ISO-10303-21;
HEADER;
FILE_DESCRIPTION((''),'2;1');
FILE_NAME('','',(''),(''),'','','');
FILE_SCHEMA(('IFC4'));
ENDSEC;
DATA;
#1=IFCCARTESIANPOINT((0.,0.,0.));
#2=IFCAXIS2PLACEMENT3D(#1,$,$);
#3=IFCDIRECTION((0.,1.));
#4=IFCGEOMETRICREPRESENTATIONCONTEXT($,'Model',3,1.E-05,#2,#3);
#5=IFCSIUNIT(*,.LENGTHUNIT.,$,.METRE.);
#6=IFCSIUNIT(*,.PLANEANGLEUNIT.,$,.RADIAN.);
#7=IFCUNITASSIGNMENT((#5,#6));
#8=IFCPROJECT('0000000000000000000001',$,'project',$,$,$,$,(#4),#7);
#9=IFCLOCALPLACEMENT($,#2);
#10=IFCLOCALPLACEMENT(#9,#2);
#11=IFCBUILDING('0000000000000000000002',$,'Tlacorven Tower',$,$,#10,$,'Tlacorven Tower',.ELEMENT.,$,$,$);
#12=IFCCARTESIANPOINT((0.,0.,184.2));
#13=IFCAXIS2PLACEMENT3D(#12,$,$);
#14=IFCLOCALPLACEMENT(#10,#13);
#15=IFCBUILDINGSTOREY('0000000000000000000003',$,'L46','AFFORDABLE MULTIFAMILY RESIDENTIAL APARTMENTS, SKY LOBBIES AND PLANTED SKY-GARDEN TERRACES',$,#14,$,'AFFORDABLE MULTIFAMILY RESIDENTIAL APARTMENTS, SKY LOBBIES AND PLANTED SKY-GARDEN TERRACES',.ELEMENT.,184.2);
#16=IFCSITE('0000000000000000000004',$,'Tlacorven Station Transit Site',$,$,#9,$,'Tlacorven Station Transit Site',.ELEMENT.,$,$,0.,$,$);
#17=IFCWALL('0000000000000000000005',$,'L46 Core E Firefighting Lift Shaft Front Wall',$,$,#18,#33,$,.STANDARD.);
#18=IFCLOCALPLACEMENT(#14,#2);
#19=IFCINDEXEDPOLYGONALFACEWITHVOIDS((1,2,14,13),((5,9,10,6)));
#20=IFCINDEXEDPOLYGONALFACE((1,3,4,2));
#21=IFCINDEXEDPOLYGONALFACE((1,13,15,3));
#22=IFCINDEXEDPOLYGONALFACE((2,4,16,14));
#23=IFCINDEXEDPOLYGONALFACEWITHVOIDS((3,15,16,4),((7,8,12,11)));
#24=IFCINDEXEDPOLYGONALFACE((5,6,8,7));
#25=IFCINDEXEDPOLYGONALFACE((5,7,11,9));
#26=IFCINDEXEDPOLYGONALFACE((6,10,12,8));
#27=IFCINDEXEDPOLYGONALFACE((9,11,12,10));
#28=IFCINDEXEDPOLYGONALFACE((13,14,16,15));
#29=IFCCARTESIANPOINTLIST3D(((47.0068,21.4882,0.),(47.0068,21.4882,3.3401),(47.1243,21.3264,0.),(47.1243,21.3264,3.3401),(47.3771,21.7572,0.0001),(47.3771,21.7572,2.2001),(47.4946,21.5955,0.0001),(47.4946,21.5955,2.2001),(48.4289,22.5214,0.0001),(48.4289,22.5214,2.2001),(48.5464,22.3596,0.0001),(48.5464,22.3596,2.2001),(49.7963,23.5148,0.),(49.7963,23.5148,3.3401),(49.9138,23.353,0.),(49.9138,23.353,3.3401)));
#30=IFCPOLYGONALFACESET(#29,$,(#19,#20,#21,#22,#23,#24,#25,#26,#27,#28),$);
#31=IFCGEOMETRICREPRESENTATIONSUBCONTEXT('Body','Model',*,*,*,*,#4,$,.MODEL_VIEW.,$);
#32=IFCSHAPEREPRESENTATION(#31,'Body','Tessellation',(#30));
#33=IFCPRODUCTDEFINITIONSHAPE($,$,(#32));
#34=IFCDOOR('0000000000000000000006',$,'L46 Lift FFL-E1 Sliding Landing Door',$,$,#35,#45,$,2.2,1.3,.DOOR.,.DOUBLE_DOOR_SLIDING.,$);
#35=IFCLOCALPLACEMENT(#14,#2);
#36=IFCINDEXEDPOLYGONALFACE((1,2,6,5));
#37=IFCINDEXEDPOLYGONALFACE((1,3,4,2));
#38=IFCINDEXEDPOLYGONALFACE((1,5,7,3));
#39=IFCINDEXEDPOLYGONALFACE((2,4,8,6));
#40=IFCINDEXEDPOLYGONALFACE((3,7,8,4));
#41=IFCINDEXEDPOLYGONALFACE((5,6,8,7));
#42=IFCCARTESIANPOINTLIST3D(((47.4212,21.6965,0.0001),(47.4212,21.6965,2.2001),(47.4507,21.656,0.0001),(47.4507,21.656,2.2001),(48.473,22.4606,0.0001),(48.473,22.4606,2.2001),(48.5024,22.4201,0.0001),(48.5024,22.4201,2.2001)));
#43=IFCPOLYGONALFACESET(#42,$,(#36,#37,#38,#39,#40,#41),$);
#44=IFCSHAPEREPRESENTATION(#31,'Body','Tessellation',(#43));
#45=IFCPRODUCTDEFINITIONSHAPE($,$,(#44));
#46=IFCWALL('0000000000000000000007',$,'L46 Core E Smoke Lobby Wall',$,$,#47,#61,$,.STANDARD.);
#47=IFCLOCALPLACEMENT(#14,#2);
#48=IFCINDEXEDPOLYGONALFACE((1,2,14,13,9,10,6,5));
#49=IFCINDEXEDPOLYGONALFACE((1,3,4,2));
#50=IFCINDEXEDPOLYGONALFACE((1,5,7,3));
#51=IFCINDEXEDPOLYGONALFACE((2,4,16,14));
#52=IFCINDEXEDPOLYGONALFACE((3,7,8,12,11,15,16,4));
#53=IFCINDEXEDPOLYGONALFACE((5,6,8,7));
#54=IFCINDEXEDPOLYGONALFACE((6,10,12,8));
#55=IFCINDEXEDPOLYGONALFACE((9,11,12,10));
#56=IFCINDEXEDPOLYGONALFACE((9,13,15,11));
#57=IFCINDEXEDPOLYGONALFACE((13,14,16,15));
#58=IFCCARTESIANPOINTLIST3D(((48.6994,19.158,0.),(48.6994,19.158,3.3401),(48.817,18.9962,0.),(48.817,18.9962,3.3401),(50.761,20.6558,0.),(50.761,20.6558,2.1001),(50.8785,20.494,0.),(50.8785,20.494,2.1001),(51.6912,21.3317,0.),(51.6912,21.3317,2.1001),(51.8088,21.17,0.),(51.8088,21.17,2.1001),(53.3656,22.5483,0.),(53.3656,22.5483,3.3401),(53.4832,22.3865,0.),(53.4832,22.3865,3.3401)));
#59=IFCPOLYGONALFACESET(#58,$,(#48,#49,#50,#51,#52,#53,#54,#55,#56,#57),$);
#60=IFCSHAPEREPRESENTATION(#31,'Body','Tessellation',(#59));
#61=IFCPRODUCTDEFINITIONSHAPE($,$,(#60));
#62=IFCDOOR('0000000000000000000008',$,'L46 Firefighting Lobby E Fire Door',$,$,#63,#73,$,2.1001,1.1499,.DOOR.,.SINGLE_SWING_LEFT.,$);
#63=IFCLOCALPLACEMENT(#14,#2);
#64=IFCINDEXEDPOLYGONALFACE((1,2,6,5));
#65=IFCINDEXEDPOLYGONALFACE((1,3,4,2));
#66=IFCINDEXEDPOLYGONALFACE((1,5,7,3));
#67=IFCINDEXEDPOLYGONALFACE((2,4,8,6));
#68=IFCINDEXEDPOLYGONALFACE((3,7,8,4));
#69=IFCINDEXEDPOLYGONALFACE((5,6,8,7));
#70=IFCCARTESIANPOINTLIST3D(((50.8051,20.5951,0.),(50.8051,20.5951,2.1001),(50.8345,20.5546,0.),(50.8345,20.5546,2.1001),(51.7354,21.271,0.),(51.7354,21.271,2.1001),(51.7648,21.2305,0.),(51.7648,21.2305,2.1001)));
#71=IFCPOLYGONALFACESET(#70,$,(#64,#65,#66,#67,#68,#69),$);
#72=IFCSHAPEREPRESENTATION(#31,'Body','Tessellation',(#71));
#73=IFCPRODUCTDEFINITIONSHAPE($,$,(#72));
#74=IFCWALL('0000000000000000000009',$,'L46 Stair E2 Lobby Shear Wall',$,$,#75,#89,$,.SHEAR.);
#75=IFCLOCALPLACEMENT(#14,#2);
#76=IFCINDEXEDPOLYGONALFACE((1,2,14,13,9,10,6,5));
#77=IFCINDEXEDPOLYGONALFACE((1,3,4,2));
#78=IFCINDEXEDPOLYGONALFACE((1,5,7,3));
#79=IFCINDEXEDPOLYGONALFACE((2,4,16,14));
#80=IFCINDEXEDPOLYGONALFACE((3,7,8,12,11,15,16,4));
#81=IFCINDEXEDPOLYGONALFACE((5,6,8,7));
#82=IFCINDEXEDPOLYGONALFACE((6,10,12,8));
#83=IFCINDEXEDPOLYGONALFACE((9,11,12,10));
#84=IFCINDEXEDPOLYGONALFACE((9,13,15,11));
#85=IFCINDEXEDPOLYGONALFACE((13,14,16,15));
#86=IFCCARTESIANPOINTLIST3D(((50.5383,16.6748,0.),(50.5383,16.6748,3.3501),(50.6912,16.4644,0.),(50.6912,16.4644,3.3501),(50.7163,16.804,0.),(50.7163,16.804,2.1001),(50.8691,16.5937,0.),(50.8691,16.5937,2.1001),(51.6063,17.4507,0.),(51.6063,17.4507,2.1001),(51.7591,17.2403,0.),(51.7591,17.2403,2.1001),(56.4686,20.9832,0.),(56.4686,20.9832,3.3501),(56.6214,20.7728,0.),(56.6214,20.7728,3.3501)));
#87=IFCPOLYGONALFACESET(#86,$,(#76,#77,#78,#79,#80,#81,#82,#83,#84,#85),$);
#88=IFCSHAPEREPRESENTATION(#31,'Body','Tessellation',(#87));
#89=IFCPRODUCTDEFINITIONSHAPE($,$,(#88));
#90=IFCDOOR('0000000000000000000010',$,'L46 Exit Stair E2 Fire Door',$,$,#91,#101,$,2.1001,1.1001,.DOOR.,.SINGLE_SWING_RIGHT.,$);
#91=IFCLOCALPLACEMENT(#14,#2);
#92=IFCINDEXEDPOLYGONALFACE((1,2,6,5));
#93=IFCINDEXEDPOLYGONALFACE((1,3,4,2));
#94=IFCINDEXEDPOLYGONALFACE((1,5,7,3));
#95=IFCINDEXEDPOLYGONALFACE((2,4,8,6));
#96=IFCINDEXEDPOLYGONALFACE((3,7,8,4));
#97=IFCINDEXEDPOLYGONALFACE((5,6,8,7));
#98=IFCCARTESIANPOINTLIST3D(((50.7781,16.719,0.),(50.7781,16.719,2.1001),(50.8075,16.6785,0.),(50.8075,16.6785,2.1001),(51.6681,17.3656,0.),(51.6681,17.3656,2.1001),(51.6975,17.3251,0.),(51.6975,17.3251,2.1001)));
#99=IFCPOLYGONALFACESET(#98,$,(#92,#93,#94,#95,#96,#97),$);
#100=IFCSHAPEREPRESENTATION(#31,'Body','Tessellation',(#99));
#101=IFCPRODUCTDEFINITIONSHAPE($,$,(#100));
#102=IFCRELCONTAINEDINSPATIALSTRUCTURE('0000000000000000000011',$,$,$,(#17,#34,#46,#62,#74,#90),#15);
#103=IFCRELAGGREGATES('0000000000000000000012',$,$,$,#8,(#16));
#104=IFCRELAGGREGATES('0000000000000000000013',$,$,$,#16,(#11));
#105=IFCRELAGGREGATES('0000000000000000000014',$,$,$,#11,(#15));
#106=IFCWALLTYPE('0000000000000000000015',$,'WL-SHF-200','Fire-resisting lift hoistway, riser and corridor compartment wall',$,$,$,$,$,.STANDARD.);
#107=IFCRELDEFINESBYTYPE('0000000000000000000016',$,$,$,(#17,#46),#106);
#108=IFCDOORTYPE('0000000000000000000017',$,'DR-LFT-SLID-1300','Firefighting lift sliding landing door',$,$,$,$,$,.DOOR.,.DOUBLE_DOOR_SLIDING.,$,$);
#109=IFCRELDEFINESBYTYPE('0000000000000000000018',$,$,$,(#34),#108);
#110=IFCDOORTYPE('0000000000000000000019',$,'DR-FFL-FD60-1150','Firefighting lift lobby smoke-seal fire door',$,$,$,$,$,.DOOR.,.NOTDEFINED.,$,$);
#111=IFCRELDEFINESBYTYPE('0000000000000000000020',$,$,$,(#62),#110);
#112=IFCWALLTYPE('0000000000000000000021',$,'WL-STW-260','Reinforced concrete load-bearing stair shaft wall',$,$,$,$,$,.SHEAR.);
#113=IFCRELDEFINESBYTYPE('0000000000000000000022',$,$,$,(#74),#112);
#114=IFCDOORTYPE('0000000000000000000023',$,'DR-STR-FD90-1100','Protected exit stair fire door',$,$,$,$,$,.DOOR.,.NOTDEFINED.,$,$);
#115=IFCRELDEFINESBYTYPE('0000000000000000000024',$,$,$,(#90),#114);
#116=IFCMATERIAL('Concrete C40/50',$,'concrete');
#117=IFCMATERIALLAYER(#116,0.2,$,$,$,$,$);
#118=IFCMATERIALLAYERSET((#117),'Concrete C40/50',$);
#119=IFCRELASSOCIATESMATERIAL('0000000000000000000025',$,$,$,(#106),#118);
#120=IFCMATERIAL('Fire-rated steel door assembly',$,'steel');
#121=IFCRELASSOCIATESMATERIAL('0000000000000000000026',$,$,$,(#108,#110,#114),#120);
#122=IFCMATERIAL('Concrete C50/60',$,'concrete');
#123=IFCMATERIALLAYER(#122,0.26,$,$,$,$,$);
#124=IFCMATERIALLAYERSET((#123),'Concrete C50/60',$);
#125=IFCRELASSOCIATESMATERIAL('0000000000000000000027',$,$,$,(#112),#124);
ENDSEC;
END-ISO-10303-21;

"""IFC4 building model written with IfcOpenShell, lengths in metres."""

from ifc_helpers import new_model, si_unit, direction, frame, frame_2d, origin, place, context, subcontext, project, spatial, rectangle, extrude, source, transform, mapped, material, layer, layer_set, type_object, element, fill, save


model = new_model("IFC4")

# Units and contexts
model_context = context("Model", 3, precision=1e-05, world=origin(), true_north=direction((0.0, 1.0)))
body_context = subcontext(model_context, "Body", "Model", "MODEL_VIEW")
ifc_project = project(units=[si_unit("LENGTHUNIT", "METRE"), si_unit("PLANEANGLEUNIT", "RADIAN")], contexts=[model_context])

# Site, building, storey
site_placement = place(None, origin())
site = spatial("IfcSite", under=ifc_project, at=site_placement, Name="Tlacorven Station Transit Site", LongName="Tlacorven Station Transit Site", CompositionType="ELEMENT", RefElevation=0.0)
building_placement = place(site_placement, origin())
building = spatial("IfcBuilding", under=site, at=building_placement, Name="Tlacorven Tower", LongName="Tlacorven Tower", CompositionType="ELEMENT")
storey_placement = place(building_placement, frame((0.0, 0.0, 184.2)))
storey = spatial("IfcBuildingStorey", under=building, at=storey_placement, Name="L46", Description="AFFORDABLE MULTIFAMILY RESIDENTIAL APARTMENTS, SKY LOBBIES AND PLANTED SKY-GARDEN TERRACES", LongName="AFFORDABLE MULTIFAMILY RESIDENTIAL APARTMENTS, SKY LOBBIES AND PLANTED SKY-GARDEN TERRACES", CompositionType="ELEMENT", Elevation=184.2)

# Walls, openings, doors
ifc_material_1 = material(Name="Concrete C40/50", Category="concrete")
ifc_layer_1 = layer(ifc_material_1, 0.2)
ifc_layer_set_1 = layer_set([ifc_layer_1], Name="Concrete C40/50")
wall_type_1 = type_object("IfcWallType", Name="WL-SHF-200", Description="Fire-resisting lift hoistway, riser and corridor compartment wall", PredefinedType="STANDARD", material=ifc_layer_set_1)
wall_1_placement = place(storey_placement, frame((47.0654, 21.4072, 0.0), z_axis=(0.0, 0.0, 1.0), x_axis=(0.809033, 0.587763, 0.0)))
wall_1 = element("IfcWall", 1, at=wall_1_placement, inside=storey, type_object=wall_type_1, Name="L46 Core E Firefighting Lift Shaft Front Wall", PredefinedType="STANDARD", context=body_context, shape_type="SweptSolid", body=[
    extrude(rectangle(XDim=3.448, YDim=0.2, at=frame_2d((1.7241, 0.0))), origin(), (0.0, 0.0, 1.0), 3.3401),
])
opening_1_placement = place(wall_1_placement, frame((0.458, 0.0, 0.0)))
opening_1 = element("IfcOpeningElement", 2, at=opening_1_placement, cuts=wall_1, PredefinedType="OPENING", context=body_context, shape_type="SweptSolid", body=[
    extrude(rectangle(XDim=1.3, YDim=2.2, at=frame_2d((0.6499, 1.1001))), frame((0.0, 0.1099, 0.0), z_axis=(0.0, -1.0, 0.0), x_axis=(1.0, 0.0, 0.0)), (0.0, 0.0, 1.0), 0.22),
])
ifc_material_2 = material(Name="Fire-rated steel door assembly", Category="steel")
door_type_1 = type_object("IfcDoorType", Name="DR-LFT-SLID-1300", Description="Firefighting lift sliding landing door", OperationType="DOUBLE_DOOR_SLIDING", PredefinedType="DOOR", material=ifc_material_2)
shared_shape_1 = source(origin(), body_context, "Body", "SweptSolid", [
    extrude(rectangle(XDim=1.3, YDim=2.2, at=frame_2d((0.6499, 1.1001))), frame((0.0, 0.0249, 0.0), z_axis=(0.0, -1.0, 0.0), x_axis=(1.0, 0.0, 0.0)), (0.0, 0.0, 1.0), 0.05),
])
door_1_placement = place(opening_1_placement, origin())
door_1 = element("IfcDoor", 3, at=door_1_placement, inside=storey, type_object=door_type_1, Name="L46 Lift FFL-E1 Sliding Landing Door", OperationType="DOUBLE_DOOR_SLIDING", OverallHeight=2.2, OverallWidth=1.3, PredefinedType="DOOR", context=body_context, shape_type="MappedRepresentation", body=[
    mapped(shared_shape_1, transform((0.0, 0.0, 0.0), scale=1.0)),
])
fill(opening_1, door_1)
wall_2_placement = place(storey_placement, frame((48.7583, 19.0771, 0.0), z_axis=(0.0, 0.0, 1.0), x_axis=(0.809005, 0.587802, 0.0)))
wall_2 = element("IfcWall", 4, at=wall_2_placement, inside=storey, type_object=wall_type_1, Name="L46 Core E Smoke Lobby Wall", PredefinedType="STANDARD", context=body_context, shape_type="SweptSolid", body=[
    extrude(rectangle(XDim=5.7678, YDim=0.2, at=frame_2d((2.8838, 0.0))), origin(), (0.0, 0.0, 1.0), 3.3401),
])
opening_2_placement = place(wall_2_placement, frame((2.5481, 0.0, 0.0)))
opening_2 = element("IfcOpeningElement", 5, at=opening_2_placement, cuts=wall_2, PredefinedType="OPENING", context=body_context, shape_type="SweptSolid", body=[
    extrude(rectangle(XDim=1.1499, YDim=2.1001, at=frame_2d((0.575, 1.05))), frame((0.0, 0.1099, 0.0), z_axis=(0.0, -1.0, 0.0), x_axis=(1.0, 0.0, 0.0)), (0.0, 0.0, 1.0), 0.22),
])
door_type_2 = type_object("IfcDoorType", Name="DR-FFL-FD60-1150", Description="Firefighting lift lobby smoke-seal fire door", OperationType="NOTDEFINED", PredefinedType="DOOR", material=ifc_material_2)
shared_shape_2 = source(origin(), body_context, "Body", "SweptSolid", [
    extrude(rectangle(XDim=1.1499, YDim=2.1001, at=frame_2d((0.575, 1.05))), frame((0.0, 0.0249, 0.0), z_axis=(0.0, -1.0, 0.0), x_axis=(1.0, 0.0, 0.0)), (0.0, 0.0, 1.0), 0.05),
])
door_2_placement = place(opening_2_placement, origin())
door_2 = element("IfcDoor", 6, at=door_2_placement, inside=storey, type_object=door_type_2, Name="L46 Firefighting Lobby E Fire Door", OperationType="SINGLE_SWING_LEFT", OverallHeight=2.1001, OverallWidth=1.1499, PredefinedType="DOOR", context=body_context, shape_type="MappedRepresentation", body=[
    mapped(shared_shape_2, transform((0.0, 0.0, 0.0), scale=1.0)),
])
fill(opening_2, door_2)
ifc_material_3 = material(Name="Concrete C50/60", Category="concrete")
ifc_layer_2 = layer(ifc_material_3, 0.26)
ifc_layer_set_2 = layer_set([ifc_layer_2], Name="Concrete C50/60")
wall_type_2 = type_object("IfcWallType", Name="WL-STW-260", Description="Reinforced concrete load-bearing stair shaft wall", PredefinedType="SHEAR", material=ifc_layer_set_2)
wall_3_placement = place(storey_placement, frame((50.6147, 16.5696, 0.0), z_axis=(0.0, 0.0, 1.0), x_axis=(0.809028, 0.58777, 0.0)))
wall_3 = element("IfcWall", 7, at=wall_3_placement, inside=storey, type_object=wall_type_2, Name="L46 Stair E2 Lobby Shear Wall", PredefinedType="SHEAR", context=body_context, shape_type="SweptSolid", body=[
    extrude(rectangle(XDim=7.3301, YDim=0.26, at=frame_2d((3.665, 0.0))), origin(), (0.0, 0.0, 1.0), 3.3501),
])
opening_3_placement = place(wall_3_placement, frame((0.22, 0.0, 0.0)))
opening_3 = element("IfcOpeningElement", 8, at=opening_3_placement, cuts=wall_3, PredefinedType="OPENING", context=body_context, shape_type="SweptSolid", body=[
    extrude(rectangle(XDim=1.1001, YDim=2.1001, at=frame_2d((0.55, 1.05))), frame((0.0, 0.1401, 0.0), z_axis=(0.0, -1.0, 0.0), x_axis=(1.0, 0.0, 0.0)), (0.0, 0.0, 1.0), 0.28),
])
door_type_3 = type_object("IfcDoorType", Name="DR-STR-FD90-1100", Description="Protected exit stair fire door", OperationType="NOTDEFINED", PredefinedType="DOOR", material=ifc_material_2)
shared_shape_3 = source(origin(), body_context, "Body", "SweptSolid", [
    extrude(rectangle(XDim=1.1001, YDim=2.1001, at=frame_2d((0.55, 1.05))), frame((0.0, 0.0249, 0.0), z_axis=(0.0, -1.0, 0.0), x_axis=(1.0, 0.0, 0.0)), (0.0, 0.0, 1.0), 0.05),
])
door_3_placement = place(opening_3_placement, origin())
door_3 = element("IfcDoor", 9, at=door_3_placement, inside=storey, type_object=door_type_3, Name="L46 Exit Stair E2 Fire Door", OperationType="SINGLE_SWING_RIGHT", OverallHeight=2.1001, OverallWidth=1.1001, PredefinedType="DOOR", context=body_context, shape_type="MappedRepresentation", body=[
    mapped(shared_shape_3, transform((0.0, 0.0, 0.0), scale=1.0)),
])
fill(opening_3, door_3)

save(model, "model.ifc")
